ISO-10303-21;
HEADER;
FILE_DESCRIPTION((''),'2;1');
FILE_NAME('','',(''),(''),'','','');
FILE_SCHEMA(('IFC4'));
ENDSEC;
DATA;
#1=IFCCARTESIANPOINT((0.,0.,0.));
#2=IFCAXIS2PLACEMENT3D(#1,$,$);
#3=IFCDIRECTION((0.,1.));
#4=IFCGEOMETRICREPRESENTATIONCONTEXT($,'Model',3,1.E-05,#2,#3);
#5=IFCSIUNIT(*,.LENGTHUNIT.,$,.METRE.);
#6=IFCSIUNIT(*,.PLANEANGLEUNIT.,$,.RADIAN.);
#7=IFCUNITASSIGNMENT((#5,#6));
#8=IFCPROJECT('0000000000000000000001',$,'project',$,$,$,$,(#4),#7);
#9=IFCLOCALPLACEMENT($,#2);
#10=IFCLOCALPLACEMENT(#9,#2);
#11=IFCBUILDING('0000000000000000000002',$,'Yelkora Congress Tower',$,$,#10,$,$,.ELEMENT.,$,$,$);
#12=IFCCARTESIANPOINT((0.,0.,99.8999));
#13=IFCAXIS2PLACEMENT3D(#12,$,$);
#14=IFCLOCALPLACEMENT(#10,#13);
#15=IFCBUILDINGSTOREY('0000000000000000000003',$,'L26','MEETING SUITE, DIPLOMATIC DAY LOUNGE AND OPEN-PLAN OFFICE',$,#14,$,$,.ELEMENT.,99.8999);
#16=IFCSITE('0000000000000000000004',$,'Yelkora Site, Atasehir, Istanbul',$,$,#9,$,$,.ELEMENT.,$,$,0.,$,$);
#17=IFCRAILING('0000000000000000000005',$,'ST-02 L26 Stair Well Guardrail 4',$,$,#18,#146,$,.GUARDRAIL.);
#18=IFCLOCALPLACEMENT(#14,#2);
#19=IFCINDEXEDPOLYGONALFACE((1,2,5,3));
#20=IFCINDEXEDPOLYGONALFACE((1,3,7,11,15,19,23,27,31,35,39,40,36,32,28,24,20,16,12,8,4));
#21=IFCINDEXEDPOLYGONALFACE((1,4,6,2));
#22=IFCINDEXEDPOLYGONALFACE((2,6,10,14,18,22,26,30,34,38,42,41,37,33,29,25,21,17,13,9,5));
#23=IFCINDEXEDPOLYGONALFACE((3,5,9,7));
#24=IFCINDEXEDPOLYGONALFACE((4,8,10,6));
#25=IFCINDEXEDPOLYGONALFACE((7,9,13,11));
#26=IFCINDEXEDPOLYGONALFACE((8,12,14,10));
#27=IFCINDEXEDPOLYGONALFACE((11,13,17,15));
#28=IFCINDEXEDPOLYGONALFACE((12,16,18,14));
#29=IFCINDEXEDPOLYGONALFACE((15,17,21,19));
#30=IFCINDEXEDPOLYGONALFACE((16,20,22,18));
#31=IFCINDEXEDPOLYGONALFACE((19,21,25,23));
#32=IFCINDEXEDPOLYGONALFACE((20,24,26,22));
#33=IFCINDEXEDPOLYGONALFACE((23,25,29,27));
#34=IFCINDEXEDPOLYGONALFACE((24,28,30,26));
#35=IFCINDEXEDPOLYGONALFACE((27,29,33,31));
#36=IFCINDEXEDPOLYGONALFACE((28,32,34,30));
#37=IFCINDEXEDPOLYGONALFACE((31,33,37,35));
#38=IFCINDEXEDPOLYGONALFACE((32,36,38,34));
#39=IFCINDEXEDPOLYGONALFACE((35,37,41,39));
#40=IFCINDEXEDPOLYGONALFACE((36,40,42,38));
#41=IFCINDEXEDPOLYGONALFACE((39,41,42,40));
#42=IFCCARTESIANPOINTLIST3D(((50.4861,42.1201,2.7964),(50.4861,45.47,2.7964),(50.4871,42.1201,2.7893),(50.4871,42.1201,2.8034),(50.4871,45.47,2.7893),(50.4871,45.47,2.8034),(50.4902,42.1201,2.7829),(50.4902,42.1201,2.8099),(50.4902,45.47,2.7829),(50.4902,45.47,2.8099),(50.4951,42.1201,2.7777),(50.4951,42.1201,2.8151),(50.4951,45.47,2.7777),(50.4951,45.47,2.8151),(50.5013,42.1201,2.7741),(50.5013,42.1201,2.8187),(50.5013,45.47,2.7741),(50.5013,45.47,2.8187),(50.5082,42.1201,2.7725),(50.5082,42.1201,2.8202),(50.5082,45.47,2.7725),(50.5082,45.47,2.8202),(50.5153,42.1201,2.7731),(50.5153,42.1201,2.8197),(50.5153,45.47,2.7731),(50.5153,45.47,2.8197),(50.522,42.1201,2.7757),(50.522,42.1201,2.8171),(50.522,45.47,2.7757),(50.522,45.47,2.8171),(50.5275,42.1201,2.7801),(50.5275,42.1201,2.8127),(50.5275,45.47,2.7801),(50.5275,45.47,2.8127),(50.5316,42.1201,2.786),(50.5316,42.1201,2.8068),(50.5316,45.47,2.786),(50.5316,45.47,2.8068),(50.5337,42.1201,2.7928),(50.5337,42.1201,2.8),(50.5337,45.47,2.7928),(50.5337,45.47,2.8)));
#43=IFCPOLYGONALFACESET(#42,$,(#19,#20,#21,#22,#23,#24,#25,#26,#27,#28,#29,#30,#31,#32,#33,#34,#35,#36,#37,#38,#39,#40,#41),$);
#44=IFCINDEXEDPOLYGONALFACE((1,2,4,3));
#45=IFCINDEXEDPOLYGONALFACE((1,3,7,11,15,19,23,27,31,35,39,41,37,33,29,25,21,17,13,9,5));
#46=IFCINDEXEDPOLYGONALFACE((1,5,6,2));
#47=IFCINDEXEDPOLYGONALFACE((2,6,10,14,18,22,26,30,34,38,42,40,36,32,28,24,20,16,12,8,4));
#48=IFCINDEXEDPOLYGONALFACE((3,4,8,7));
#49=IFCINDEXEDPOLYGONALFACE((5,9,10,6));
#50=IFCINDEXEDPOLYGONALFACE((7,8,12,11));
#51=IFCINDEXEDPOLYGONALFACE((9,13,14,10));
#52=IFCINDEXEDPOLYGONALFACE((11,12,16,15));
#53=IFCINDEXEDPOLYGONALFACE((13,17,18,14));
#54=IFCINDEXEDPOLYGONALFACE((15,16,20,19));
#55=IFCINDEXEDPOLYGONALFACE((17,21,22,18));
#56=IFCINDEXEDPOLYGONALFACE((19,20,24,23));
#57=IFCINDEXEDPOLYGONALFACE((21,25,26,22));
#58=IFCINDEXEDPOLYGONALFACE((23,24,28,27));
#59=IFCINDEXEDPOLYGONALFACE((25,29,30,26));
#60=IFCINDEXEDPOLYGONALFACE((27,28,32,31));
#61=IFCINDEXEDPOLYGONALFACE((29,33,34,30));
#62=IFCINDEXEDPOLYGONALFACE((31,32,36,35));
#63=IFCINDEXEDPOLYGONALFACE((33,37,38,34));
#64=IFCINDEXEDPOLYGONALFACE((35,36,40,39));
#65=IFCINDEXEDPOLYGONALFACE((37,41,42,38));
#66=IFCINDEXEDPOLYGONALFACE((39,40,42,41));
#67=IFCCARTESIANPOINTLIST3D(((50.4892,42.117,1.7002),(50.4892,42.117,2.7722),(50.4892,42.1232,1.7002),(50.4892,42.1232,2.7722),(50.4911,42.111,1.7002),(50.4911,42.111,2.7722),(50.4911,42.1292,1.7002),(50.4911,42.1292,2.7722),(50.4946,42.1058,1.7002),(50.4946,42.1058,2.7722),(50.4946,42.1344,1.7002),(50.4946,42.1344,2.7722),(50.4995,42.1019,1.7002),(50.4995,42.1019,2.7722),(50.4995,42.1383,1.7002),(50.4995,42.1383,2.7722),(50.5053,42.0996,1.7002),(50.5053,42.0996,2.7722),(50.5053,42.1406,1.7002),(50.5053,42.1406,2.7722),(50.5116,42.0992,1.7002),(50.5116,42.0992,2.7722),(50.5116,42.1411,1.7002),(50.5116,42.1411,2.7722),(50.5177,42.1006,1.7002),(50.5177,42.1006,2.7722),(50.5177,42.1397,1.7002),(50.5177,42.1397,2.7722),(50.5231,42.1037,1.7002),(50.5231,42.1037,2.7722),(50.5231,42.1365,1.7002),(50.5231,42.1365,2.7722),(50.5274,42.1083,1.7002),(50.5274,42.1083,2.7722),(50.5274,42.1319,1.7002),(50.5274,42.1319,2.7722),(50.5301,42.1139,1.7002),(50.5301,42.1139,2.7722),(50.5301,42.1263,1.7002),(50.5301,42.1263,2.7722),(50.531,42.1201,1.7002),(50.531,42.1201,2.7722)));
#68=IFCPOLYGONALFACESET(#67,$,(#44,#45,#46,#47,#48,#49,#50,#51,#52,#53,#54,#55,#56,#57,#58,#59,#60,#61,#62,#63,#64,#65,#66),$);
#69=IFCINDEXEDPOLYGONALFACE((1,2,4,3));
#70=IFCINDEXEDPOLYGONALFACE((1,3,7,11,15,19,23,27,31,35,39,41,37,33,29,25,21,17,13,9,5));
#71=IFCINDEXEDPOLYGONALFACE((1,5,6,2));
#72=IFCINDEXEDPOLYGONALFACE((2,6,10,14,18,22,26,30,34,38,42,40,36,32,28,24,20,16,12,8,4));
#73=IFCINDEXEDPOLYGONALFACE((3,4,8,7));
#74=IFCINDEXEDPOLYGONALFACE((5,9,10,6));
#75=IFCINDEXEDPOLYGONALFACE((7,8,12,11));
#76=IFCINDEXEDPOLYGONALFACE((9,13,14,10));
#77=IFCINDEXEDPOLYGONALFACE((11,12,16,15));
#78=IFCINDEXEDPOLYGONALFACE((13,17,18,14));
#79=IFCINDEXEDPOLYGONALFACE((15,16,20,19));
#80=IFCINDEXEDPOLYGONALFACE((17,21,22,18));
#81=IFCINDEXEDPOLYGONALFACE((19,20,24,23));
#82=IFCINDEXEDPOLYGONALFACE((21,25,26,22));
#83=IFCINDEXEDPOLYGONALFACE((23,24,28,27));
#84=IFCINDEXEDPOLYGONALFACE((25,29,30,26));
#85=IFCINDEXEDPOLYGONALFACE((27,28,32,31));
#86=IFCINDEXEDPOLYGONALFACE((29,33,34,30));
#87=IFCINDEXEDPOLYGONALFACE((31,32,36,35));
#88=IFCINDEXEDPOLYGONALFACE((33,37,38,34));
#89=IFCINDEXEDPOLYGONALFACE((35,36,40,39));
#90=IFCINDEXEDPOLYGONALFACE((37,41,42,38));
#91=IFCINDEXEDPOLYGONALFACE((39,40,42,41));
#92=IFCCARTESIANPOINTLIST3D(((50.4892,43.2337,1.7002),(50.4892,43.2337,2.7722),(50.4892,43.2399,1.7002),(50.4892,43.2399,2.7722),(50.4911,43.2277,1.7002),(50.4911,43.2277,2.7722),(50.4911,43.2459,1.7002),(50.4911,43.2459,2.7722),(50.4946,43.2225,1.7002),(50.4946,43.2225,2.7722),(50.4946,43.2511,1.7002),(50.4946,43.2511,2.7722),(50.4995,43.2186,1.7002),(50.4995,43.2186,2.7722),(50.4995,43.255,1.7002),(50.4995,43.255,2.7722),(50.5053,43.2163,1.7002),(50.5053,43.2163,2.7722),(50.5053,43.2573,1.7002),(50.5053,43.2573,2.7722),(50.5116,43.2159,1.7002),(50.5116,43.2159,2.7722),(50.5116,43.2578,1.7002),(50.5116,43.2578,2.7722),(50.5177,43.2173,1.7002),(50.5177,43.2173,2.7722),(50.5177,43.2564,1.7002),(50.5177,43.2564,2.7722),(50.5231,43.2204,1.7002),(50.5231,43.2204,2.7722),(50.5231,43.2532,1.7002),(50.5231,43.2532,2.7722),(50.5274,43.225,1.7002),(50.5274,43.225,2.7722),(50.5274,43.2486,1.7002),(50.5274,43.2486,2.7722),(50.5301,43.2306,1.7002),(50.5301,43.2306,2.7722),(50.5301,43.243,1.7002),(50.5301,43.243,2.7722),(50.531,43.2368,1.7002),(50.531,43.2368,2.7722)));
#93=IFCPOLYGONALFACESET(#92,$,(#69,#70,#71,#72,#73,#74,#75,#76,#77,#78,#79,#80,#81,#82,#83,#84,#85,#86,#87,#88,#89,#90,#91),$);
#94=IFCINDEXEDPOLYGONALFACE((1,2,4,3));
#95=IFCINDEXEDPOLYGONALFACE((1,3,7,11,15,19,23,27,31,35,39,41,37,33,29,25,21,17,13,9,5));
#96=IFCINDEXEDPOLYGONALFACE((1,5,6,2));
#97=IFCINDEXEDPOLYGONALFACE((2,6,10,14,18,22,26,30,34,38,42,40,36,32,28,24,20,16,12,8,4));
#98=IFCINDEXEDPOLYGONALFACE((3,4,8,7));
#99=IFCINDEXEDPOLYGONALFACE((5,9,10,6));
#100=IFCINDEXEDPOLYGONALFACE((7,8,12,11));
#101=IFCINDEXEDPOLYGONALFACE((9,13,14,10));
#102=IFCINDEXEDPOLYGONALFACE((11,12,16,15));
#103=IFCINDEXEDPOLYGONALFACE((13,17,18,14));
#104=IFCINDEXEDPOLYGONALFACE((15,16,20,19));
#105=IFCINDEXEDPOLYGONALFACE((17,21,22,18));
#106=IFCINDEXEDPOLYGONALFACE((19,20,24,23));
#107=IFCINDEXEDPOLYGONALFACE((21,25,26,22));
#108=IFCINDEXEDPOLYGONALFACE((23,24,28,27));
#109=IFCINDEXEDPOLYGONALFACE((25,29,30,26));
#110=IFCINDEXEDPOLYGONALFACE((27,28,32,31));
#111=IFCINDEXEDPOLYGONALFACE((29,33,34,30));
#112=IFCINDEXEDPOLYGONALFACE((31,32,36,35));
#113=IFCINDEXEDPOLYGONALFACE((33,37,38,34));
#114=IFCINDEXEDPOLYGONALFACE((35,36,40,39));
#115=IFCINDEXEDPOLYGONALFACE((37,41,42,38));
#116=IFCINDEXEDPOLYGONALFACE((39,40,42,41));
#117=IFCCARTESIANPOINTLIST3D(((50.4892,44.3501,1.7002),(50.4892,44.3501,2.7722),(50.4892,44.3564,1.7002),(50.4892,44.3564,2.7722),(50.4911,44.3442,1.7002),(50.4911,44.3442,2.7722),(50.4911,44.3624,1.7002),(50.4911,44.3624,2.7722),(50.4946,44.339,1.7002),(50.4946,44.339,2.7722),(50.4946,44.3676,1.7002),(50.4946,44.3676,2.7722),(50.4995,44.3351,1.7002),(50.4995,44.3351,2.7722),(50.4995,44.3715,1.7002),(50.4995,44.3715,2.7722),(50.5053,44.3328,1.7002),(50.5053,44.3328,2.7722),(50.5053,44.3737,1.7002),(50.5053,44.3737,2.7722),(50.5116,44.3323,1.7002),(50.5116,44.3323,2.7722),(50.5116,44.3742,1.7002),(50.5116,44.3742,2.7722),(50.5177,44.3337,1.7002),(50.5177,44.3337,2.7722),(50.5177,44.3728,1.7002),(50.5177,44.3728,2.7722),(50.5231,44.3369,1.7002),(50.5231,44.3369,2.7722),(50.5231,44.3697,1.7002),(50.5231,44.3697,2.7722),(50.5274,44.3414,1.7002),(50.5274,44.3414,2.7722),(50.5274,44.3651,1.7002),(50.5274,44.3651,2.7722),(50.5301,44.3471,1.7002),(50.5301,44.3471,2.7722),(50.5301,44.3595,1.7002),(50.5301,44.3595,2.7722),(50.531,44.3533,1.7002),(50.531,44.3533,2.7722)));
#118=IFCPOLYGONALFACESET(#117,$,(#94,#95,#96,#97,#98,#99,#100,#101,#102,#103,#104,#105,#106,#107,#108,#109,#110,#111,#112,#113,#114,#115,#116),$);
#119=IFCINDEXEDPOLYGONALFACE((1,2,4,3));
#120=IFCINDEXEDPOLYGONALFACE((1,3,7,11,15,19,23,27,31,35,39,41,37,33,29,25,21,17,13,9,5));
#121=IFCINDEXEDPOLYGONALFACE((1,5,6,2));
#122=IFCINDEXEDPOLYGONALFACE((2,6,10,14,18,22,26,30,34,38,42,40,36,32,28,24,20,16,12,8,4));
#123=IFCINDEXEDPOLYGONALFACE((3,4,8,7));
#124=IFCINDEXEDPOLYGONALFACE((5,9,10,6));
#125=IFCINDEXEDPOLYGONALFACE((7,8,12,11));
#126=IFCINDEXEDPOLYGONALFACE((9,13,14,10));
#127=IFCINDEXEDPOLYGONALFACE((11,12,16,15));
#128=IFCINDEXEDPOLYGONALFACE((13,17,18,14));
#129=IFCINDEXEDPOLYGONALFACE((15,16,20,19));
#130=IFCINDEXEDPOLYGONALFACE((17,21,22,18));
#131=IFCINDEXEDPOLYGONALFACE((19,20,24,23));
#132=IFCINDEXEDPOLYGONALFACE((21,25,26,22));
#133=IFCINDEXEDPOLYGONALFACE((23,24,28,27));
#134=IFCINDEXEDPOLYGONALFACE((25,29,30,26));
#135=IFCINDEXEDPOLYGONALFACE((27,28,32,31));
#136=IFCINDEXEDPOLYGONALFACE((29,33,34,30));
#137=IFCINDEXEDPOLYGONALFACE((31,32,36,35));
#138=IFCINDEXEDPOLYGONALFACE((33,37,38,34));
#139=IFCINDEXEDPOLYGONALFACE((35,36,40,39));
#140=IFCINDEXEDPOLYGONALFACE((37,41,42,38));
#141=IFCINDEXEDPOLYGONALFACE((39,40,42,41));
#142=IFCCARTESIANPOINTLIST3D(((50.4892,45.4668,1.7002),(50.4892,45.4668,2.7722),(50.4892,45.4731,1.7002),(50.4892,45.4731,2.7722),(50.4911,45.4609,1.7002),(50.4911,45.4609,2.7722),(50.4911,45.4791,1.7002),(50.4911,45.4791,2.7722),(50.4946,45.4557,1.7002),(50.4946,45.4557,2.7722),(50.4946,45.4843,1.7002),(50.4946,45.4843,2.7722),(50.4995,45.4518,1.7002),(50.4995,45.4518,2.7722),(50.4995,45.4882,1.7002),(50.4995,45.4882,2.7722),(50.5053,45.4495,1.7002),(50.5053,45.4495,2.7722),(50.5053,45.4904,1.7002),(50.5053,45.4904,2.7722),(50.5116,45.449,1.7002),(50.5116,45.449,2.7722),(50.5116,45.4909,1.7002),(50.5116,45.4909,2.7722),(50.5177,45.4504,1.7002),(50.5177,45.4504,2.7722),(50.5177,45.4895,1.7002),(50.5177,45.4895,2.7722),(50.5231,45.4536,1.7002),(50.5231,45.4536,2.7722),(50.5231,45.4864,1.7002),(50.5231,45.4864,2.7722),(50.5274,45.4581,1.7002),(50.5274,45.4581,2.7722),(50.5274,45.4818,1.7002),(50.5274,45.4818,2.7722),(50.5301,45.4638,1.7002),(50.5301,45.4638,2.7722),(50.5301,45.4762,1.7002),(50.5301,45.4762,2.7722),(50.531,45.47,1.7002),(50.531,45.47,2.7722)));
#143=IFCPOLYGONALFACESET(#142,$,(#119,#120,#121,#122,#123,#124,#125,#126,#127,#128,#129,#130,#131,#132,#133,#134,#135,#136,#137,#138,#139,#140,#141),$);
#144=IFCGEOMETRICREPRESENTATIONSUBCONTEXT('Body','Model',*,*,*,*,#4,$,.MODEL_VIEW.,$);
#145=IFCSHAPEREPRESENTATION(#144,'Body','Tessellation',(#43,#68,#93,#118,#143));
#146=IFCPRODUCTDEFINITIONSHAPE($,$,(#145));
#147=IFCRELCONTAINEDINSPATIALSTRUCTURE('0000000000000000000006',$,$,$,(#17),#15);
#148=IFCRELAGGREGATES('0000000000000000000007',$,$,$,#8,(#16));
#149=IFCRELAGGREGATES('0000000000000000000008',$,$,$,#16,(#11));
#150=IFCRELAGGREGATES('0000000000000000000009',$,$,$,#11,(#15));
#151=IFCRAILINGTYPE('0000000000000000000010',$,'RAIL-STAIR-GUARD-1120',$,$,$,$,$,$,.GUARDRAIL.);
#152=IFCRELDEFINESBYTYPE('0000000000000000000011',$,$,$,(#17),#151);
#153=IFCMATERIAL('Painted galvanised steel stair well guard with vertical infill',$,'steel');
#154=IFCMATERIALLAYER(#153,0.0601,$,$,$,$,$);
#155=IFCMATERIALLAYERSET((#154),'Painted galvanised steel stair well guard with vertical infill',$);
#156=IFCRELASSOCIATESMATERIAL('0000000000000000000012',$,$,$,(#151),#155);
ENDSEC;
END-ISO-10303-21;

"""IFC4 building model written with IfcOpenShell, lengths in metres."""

from ifc_helpers import new_model, si_unit, direction, frame, origin, origin_2d, place, context, subcontext, project, spatial, circle, extrude, material, layer, layer_set, type_object, element, save


model = new_model("IFC4")

# Units and contexts
model_context = context("Model", 3, precision=1e-05, world=origin(), true_north=direction((0.0, 1.0)))
body_context = subcontext(model_context, "Body", "Model", "MODEL_VIEW")
ifc_project = project(units=[si_unit("LENGTHUNIT", "METRE"), si_unit("PLANEANGLEUNIT", "RADIAN")], contexts=[model_context])

# Site, building, storey
site_placement = place(None, origin())
site = spatial("IfcSite", under=ifc_project, at=site_placement, Name="Yelkora Site, Atasehir, Istanbul", CompositionType="ELEMENT", RefElevation=0.0)
building_placement = place(site_placement, origin())
building = spatial("IfcBuilding", under=site, at=building_placement, Name="Yelkora Congress Tower", CompositionType="ELEMENT")
storey_placement = place(building_placement, frame((0.0, 0.0, 99.8999)))
storey = spatial("IfcBuildingStorey", under=building, at=storey_placement, Name="L26", Description="MEETING SUITE, DIPLOMATIC DAY LOUNGE AND OPEN-PLAN OFFICE", CompositionType="ELEMENT", Elevation=99.8999)

# Railing
ifc_material_1 = material(Name="Painted galvanised steel stair well guard with vertical infill", Category="steel")
ifc_layer_1 = layer(ifc_material_1, 0.0601)
ifc_layer_set_1 = layer_set([ifc_layer_1], Name="Painted galvanised steel stair well guard with vertical infill")
railing_type_1 = type_object("IfcRailingType", Name="RAIL-STAIR-GUARD-1120", PredefinedType="GUARDRAIL", material=ifc_layer_set_1)
for number, where, name in (
    (1, (50.51, 42.1201, 1.7002), "ST-02 L26 Stair Well Guardrail 4"),
):
    element("IfcRailing", number, at=place(storey_placement, frame(where)), inside=storey, type_object=railing_type_1, Name=name, PredefinedType="GUARDRAIL", context=body_context, shape_type="SweptSolid", body=[
        extrude(circle(Radius=0.0239, at=origin_2d()), frame((0.0, 0.0, 1.0962), z_axis=(0.0, 1.0, 0.0), x_axis=(-1.0, 0.0, 0.0)), (0.0, 0.0, 1.0), 3.3499),
        extrude(circle(Radius=0.021, at=origin_2d()), origin(), (0.0, 0.0, 1.0), 1.072),
        extrude(circle(Radius=0.021, at=origin_2d()), frame((0.0, 1.1167, 0.0)), (0.0, 0.0, 1.0), 1.072),
        extrude(circle(Radius=0.021, at=origin_2d()), frame((0.0, 2.2332, 0.0)), (0.0, 0.0, 1.0), 1.072),
        extrude(circle(Radius=0.021, at=origin_2d()), frame((0.0, 3.3499, 0.0)), (0.0, 0.0, 1.0), 1.072),
    ])

save(model, "model.ifc")
